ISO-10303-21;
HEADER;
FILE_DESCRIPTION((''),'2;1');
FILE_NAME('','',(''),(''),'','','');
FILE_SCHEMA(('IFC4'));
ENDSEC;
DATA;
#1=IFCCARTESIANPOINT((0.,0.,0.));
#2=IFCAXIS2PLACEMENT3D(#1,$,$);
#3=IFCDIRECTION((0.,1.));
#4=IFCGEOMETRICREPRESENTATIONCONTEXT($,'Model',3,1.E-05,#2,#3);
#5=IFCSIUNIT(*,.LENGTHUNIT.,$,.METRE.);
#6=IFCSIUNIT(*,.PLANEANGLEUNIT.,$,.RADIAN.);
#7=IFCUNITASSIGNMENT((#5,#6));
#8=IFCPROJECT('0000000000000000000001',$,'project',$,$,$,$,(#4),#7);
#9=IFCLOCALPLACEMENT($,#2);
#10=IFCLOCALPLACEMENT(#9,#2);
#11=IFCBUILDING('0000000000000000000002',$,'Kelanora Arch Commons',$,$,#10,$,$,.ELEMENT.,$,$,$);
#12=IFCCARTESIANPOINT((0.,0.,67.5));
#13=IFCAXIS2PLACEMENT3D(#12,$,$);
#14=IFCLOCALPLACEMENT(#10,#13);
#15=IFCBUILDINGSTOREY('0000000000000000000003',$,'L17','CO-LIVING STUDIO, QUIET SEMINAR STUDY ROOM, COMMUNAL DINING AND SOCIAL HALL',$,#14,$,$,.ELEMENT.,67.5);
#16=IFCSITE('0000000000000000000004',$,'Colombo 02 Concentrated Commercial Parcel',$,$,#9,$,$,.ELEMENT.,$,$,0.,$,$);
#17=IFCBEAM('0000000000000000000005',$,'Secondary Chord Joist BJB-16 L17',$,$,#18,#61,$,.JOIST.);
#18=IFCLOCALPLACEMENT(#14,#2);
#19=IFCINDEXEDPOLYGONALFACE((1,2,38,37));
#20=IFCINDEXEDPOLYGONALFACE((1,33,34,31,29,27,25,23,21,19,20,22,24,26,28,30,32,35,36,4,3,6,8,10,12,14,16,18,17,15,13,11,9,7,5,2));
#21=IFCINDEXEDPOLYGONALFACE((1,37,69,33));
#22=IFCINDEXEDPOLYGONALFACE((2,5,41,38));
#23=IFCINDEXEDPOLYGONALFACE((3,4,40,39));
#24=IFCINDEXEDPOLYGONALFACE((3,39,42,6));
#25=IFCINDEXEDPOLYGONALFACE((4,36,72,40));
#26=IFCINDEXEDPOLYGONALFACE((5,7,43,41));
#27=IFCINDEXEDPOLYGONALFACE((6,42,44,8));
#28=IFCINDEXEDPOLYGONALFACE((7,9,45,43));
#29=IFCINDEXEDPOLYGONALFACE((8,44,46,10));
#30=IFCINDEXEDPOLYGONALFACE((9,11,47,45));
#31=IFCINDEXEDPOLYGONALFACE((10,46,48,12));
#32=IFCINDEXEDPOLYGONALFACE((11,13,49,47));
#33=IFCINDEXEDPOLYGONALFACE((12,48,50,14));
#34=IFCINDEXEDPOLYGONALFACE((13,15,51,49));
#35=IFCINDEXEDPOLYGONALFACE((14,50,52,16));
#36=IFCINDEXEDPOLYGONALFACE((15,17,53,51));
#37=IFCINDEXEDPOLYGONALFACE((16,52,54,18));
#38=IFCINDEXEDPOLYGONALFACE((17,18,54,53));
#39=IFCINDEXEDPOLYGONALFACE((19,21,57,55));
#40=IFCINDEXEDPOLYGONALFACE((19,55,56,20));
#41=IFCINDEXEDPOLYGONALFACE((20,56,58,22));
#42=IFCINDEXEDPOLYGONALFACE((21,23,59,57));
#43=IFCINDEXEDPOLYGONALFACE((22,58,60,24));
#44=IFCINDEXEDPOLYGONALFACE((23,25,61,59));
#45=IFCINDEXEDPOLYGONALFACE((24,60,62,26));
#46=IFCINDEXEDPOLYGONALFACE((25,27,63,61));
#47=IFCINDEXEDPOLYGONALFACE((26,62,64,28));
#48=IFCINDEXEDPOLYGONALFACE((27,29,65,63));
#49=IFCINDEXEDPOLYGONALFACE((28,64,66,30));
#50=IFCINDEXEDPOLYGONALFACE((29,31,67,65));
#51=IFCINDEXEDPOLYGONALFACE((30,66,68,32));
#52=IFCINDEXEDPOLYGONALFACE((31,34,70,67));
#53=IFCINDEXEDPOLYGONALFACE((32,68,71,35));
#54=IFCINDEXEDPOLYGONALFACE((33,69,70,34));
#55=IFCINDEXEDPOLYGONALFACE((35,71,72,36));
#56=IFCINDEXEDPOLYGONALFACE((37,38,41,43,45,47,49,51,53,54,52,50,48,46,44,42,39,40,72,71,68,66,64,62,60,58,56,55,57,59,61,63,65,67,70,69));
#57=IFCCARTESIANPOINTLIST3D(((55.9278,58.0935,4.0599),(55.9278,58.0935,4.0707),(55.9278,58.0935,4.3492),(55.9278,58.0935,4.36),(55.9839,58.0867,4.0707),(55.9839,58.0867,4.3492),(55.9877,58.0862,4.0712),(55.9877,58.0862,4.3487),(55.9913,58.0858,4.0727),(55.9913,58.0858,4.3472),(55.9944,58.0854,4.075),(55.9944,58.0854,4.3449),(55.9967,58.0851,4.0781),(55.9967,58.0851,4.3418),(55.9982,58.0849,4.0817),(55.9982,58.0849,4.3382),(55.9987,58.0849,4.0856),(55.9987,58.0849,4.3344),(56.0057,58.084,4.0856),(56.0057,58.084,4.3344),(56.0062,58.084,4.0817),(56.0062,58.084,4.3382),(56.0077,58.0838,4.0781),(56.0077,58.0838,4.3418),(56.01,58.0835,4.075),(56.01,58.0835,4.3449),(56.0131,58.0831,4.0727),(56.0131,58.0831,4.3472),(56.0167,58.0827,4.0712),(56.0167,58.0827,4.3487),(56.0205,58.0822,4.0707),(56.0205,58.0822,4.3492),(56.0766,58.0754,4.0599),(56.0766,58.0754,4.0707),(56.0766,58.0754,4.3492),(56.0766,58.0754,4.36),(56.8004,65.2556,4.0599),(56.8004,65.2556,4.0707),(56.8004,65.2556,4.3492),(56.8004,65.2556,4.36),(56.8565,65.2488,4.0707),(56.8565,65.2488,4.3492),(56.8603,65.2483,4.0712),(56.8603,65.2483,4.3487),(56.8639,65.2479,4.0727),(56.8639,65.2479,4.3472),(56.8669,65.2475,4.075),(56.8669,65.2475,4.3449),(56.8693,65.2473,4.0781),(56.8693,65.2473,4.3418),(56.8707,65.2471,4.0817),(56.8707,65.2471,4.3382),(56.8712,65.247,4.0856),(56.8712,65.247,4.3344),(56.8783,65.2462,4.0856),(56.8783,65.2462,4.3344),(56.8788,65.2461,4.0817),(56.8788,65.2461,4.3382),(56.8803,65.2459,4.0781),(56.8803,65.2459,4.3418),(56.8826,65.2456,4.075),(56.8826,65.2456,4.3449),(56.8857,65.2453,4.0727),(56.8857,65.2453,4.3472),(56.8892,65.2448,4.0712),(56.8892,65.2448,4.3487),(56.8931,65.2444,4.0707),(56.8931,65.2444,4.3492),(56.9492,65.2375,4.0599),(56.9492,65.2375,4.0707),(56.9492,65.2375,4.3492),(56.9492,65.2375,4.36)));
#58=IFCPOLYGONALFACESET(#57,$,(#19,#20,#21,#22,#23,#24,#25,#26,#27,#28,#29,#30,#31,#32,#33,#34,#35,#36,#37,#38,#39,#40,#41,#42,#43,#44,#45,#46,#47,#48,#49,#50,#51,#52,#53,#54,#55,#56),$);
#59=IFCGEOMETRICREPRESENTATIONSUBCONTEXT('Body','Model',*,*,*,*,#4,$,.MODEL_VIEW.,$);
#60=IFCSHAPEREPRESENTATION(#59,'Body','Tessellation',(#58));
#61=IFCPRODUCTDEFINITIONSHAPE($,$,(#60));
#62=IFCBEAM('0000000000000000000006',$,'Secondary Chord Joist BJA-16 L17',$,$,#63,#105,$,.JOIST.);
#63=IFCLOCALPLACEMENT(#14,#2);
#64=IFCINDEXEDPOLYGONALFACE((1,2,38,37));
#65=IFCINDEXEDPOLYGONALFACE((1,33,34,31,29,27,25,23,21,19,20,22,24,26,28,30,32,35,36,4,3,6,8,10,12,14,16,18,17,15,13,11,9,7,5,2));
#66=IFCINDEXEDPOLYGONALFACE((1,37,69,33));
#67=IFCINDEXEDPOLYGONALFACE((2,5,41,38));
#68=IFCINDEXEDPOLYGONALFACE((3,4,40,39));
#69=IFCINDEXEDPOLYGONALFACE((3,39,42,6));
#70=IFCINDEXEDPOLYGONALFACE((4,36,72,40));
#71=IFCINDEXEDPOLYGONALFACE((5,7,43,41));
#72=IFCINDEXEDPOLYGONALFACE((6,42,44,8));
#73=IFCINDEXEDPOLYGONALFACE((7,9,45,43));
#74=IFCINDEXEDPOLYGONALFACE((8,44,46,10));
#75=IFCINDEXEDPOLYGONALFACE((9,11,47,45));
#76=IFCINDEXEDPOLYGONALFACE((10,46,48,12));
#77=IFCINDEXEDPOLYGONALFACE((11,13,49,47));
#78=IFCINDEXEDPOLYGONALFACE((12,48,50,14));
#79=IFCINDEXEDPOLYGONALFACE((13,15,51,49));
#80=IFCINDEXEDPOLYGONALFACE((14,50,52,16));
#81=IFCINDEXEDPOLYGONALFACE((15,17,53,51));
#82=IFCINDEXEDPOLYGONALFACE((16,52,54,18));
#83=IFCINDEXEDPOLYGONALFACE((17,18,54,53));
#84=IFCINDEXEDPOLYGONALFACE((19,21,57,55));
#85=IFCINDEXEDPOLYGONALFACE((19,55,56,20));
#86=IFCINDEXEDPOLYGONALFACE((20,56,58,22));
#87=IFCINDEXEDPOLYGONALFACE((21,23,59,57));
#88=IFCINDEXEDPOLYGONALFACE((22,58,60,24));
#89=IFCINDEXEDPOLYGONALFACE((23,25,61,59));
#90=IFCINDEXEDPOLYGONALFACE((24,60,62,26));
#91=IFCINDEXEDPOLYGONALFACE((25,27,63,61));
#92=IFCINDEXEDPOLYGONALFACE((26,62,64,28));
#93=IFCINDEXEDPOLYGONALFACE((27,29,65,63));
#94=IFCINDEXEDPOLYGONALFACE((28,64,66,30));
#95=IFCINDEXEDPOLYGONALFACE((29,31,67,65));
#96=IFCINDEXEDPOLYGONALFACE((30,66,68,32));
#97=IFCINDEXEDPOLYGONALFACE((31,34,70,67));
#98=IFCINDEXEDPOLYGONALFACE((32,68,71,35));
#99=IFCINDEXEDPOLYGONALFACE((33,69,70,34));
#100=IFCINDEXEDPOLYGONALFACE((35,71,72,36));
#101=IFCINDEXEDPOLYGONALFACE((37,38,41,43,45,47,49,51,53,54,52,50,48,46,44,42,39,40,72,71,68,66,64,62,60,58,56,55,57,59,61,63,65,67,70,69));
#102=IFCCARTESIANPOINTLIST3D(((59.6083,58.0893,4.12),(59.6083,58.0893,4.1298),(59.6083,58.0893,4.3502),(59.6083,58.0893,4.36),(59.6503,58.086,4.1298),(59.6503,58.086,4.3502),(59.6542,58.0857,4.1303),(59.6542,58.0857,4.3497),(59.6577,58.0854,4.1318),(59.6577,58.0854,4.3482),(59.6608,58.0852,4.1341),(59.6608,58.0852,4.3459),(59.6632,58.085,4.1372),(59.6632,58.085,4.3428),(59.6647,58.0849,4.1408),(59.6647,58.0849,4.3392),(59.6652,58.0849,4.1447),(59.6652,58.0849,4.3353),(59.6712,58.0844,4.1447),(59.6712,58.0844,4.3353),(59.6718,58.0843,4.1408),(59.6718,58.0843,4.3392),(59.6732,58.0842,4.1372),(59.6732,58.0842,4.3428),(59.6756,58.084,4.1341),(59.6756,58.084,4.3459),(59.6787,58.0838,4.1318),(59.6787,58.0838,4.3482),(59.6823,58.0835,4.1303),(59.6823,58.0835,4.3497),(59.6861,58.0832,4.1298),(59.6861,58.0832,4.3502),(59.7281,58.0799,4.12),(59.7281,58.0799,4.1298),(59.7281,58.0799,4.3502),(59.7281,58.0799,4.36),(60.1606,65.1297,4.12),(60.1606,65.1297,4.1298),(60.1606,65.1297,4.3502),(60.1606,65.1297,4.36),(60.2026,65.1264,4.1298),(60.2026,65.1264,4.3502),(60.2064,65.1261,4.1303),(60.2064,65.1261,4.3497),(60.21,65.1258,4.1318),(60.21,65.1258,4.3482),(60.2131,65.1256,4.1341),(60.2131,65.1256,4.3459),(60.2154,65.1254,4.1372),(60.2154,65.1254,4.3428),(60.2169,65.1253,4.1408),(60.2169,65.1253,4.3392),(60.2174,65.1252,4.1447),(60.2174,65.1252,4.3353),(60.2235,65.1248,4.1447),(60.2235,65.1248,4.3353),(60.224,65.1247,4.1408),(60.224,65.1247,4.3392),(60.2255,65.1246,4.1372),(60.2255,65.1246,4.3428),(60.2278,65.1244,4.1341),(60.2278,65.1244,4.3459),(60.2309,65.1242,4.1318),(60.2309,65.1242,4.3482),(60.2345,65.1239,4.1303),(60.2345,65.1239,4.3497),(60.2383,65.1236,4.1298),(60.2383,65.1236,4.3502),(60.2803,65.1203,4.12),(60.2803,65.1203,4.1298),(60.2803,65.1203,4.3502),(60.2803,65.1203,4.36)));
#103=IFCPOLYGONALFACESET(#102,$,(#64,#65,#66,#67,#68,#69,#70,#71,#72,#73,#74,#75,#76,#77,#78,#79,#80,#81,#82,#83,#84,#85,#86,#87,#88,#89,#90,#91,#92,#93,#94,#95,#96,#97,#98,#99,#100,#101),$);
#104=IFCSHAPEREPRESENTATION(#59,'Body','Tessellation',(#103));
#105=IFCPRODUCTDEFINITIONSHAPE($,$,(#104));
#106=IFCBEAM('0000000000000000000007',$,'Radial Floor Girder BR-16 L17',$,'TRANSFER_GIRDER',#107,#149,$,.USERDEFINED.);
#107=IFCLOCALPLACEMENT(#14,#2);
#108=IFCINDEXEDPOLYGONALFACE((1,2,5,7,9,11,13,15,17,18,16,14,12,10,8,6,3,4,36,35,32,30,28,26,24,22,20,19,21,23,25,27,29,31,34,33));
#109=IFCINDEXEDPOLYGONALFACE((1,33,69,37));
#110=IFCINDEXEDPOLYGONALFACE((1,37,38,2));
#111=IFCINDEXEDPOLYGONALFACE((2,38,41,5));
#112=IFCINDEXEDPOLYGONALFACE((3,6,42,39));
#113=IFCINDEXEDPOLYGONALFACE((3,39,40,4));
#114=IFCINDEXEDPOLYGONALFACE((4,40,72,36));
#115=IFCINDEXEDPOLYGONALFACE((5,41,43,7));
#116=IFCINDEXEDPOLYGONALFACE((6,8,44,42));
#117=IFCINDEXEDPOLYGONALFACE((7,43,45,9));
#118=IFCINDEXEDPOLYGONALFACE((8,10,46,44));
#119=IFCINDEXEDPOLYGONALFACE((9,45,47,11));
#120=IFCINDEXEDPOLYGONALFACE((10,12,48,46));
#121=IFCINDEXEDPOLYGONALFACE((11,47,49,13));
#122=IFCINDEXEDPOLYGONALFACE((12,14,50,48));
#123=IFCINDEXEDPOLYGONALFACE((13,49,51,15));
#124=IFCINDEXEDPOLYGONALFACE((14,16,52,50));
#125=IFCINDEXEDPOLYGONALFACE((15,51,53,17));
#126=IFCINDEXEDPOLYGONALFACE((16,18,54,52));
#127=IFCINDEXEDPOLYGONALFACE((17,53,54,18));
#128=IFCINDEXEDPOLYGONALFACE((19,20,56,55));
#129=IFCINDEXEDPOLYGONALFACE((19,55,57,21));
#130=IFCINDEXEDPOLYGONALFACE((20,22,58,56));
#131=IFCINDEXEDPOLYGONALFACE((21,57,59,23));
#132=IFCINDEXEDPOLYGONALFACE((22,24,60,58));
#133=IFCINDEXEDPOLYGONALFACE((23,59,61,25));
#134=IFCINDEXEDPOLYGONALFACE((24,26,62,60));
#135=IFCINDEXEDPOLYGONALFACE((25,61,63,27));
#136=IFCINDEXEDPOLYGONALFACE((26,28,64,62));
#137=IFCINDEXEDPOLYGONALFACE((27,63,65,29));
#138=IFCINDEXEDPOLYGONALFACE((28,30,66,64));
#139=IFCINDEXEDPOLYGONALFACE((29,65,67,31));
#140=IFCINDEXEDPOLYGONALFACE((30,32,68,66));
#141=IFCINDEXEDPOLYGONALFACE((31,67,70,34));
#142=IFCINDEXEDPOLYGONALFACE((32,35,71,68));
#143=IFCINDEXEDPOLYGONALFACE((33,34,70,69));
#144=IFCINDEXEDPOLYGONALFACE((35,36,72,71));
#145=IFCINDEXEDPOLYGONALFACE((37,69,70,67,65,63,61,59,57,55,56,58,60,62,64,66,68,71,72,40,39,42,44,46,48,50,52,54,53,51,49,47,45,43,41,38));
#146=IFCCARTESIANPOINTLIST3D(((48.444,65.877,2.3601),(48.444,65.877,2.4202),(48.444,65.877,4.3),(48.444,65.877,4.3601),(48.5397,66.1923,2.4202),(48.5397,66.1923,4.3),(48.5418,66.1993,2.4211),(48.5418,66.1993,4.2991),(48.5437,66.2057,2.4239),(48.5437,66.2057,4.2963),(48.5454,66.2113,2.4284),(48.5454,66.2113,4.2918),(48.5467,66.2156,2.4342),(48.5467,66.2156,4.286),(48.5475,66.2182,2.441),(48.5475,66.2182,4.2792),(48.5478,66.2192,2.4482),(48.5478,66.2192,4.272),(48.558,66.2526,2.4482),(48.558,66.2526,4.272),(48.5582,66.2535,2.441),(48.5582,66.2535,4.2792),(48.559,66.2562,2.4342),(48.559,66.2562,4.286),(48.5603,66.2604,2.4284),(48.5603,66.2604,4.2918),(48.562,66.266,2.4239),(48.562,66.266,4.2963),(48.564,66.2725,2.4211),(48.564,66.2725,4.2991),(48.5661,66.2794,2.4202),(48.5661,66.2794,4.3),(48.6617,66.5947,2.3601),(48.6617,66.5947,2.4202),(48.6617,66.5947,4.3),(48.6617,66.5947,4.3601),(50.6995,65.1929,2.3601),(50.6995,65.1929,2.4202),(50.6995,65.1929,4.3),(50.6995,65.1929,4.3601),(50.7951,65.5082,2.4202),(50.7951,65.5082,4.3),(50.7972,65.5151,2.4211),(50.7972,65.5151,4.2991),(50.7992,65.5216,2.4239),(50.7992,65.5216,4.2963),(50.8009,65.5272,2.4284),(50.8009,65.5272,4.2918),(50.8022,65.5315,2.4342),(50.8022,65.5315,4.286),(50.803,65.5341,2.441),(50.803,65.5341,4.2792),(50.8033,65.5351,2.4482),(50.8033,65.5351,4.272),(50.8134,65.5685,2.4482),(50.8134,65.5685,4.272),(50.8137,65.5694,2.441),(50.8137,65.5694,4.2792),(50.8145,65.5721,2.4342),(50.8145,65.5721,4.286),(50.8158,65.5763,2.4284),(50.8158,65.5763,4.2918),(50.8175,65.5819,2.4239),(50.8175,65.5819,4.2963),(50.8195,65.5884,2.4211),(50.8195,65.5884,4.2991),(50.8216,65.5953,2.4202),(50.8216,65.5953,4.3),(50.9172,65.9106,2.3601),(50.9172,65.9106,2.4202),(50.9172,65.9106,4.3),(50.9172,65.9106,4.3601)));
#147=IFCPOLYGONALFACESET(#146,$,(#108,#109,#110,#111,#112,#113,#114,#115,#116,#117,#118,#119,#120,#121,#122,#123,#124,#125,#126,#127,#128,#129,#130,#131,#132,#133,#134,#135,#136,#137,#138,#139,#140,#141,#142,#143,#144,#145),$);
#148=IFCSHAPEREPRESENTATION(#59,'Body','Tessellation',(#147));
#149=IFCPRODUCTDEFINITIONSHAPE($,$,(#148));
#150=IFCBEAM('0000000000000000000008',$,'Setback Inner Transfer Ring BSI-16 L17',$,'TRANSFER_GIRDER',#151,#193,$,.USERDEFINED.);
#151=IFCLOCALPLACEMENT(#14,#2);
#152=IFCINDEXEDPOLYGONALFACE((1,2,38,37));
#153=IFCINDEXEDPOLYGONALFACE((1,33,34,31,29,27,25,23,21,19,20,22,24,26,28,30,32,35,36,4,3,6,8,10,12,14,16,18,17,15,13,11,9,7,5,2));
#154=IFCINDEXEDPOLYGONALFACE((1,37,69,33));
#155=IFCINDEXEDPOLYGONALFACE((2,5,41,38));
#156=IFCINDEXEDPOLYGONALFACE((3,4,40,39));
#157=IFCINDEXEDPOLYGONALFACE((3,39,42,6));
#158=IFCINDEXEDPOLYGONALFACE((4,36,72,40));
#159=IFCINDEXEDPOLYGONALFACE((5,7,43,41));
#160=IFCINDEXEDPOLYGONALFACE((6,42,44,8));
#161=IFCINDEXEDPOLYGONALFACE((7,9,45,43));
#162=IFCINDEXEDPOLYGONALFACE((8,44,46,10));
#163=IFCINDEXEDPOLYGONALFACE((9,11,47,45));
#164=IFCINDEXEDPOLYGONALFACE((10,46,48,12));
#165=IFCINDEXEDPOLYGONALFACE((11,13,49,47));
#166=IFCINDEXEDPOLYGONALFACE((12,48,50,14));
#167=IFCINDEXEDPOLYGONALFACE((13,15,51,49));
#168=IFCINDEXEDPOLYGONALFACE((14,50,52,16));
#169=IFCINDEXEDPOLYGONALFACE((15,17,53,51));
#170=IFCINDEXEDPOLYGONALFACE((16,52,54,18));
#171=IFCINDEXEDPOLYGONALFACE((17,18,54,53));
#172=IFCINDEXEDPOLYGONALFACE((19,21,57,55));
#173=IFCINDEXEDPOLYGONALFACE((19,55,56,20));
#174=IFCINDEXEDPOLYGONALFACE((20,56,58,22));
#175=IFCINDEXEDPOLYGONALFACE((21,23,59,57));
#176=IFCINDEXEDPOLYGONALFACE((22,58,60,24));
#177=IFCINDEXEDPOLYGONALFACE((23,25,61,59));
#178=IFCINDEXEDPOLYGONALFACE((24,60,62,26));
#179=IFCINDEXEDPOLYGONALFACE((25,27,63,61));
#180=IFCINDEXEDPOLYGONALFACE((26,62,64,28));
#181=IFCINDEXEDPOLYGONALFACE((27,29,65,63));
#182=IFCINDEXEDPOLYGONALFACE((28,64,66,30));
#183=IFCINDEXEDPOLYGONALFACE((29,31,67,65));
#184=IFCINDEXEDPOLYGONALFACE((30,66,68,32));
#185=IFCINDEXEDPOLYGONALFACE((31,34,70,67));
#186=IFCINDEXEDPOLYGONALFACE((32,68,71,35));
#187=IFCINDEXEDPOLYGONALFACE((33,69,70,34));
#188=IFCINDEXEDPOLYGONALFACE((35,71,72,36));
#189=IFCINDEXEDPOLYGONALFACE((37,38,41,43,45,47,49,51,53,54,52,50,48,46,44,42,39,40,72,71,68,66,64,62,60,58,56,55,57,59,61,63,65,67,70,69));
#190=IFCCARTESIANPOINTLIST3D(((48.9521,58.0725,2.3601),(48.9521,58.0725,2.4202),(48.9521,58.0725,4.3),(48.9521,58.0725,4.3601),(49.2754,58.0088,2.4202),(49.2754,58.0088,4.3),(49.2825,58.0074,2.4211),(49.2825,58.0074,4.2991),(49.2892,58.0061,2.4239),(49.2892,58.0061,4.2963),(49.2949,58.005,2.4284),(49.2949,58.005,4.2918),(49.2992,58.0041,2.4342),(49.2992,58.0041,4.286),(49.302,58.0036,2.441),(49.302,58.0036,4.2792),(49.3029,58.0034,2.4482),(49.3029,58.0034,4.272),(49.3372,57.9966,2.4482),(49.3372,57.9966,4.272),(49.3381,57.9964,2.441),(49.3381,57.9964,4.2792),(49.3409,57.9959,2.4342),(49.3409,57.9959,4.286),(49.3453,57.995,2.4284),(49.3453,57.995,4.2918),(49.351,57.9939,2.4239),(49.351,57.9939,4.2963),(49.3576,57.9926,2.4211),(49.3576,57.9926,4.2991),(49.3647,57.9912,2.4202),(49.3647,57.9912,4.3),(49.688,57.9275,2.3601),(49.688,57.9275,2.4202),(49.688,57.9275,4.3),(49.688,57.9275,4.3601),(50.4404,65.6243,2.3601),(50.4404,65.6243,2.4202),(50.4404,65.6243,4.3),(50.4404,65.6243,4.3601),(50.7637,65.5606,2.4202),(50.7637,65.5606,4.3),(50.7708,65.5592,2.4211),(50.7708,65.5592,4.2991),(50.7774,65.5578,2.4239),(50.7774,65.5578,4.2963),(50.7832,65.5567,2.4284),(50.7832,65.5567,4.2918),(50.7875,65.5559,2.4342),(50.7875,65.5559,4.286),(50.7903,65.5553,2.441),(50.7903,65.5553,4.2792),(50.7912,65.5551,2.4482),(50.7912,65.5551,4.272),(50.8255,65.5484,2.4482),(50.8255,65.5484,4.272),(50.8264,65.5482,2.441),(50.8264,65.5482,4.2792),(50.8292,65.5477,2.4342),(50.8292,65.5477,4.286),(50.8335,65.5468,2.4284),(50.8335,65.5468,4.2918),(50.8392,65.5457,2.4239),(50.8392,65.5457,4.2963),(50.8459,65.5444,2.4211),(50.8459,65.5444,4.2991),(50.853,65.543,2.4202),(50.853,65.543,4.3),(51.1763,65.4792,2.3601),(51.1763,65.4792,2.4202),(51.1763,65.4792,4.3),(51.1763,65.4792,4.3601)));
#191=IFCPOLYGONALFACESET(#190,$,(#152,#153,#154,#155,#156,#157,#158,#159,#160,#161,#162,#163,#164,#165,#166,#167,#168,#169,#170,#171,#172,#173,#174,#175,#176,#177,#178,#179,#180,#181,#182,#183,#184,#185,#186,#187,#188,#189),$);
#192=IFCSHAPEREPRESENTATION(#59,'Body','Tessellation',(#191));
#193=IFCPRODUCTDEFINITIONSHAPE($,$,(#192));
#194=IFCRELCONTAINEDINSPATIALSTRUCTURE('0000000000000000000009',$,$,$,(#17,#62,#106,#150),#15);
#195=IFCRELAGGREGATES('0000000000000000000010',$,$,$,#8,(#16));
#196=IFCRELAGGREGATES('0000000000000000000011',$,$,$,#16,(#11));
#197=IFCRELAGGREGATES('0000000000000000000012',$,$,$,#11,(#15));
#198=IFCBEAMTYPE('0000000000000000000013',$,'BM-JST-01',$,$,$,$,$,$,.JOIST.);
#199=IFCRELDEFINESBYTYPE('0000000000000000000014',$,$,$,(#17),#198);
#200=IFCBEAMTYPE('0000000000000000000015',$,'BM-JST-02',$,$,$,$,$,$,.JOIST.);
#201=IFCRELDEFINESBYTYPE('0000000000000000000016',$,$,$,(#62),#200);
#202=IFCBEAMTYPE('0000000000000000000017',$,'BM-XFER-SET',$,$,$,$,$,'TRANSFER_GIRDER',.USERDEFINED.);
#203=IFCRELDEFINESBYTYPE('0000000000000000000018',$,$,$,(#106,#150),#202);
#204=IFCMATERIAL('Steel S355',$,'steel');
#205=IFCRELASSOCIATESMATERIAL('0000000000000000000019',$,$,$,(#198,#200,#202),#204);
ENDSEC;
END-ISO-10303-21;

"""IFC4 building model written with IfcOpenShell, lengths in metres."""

from ifc_helpers import new_model, si_unit, direction, frame, origin, origin_2d, place, context, subcontext, project, spatial, i_section, extrude, material, material_profile, profile_set, type_object, element, save


model = new_model("IFC4")

# Units and contexts
model_context = context("Model", 3, precision=1e-05, world=origin(), true_north=direction((0.0, 1.0)))
body_context = subcontext(model_context, "Body", "Model", "MODEL_VIEW")
ifc_project = project(units=[si_unit("LENGTHUNIT", "METRE"), si_unit("PLANEANGLEUNIT", "RADIAN")], contexts=[model_context])

# Site, building, storey
site_placement = place(None, origin())
site = spatial("IfcSite", under=ifc_project, at=site_placement, Name="Colombo 02 Concentrated Commercial Parcel", CompositionType="ELEMENT", RefElevation=0.0)
building_placement = place(site_placement, origin())
building = spatial("IfcBuilding", under=site, at=building_placement, Name="Kelanora Arch Commons", CompositionType="ELEMENT")
storey_placement = place(building_placement, frame((0.0, 0.0, 67.5)))
storey = spatial("IfcBuildingStorey", under=building, at=storey_placement, Name="L17", Description="CO-LIVING STUDIO, QUIET SEMINAR STUDY ROOM, COMMUNAL DINING AND SOCIAL HALL", CompositionType="ELEMENT", Elevation=67.5)

# Beams
ifc_material_1 = material(Name="Steel S355", Category="steel")
ifc_material_profile_1 = material_profile(ifc_material_1, i_section(OverallWidth=0.1499, OverallDepth=0.3, WebThickness=0.0071, FlangeThickness=0.0107, FilletRadius=0.0149, at=origin_2d()), Name="IPE300")
ifc_profile_set_1 = profile_set([ifc_material_profile_1], Name="Steel S355")
beam_type_1 = type_object("IfcBeamType", Name="BM-JST-01", PredefinedType="JOIST", material=ifc_profile_set_1)
beam_1_placement = place(storey_placement, frame((56.8748, 65.2466, 4.21), z_axis=(-0.120936, -0.99266, 0.0), x_axis=(0.99266, -0.120936, 0.0)))
element("IfcBeam", 1, at=beam_1_placement, inside=storey, type_object=beam_type_1, Name="Secondary Chord Joist BJB-16 L17", PredefinedType="JOIST", context=body_context, shape_type="SweptSolid", body=[
    extrude(i_section(OverallWidth=0.1499, OverallDepth=0.3, WebThickness=0.0071, FlangeThickness=0.0107, FilletRadius=0.0149, at=origin_2d()), origin(), (0.0, 0.0, 1.0), 7.2151),
])
ifc_material_profile_2 = material_profile(ifc_material_1, i_section(OverallWidth=0.1201, OverallDepth=0.24, WebThickness=0.0061, FlangeThickness=0.0098, FilletRadius=0.0149, at=origin_2d()), Name="IPE240")
ifc_profile_set_2 = profile_set([ifc_material_profile_2], Name="Steel S355")
beam_type_2 = type_object("IfcBeamType", Name="BM-JST-02", PredefinedType="JOIST", material=ifc_profile_set_2)
beam_2_placement = place(storey_placement, frame((60.2205, 65.125, 4.24), z_axis=(-0.078201, -0.996938, 0.0), x_axis=(0.996938, -0.078201, 0.0)))
element("IfcBeam", 2, at=beam_2_placement, inside=storey, type_object=beam_type_2, Name="Secondary Chord Joist BJA-16 L17", PredefinedType="JOIST", context=body_context, shape_type="SweptSolid", body=[
    extrude(i_section(OverallWidth=0.1201, OverallDepth=0.24, WebThickness=0.0061, FlangeThickness=0.0098, FilletRadius=0.0149, at=origin_2d()), origin(), (0.0, 0.0, 1.0), 7.062),
])
ifc_material_profile_3 = material_profile(ifc_material_1, i_section(OverallWidth=0.75, OverallDepth=2.0, WebThickness=0.0349, FlangeThickness=0.0601, FilletRadius=0.0281, at=origin_2d()), Name="PG2000x750")
ifc_profile_set_3 = profile_set([ifc_material_profile_3], Name="Steel S355")
beam_type_3 = type_object("IfcBeamType", Name="BM-XFER-SET", ElementType="TRANSFER_GIRDER", PredefinedType="USERDEFINED", material=ifc_profile_set_3)
beam_3_placement = place(storey_placement, frame((50.8083, 65.5518, 3.3601), z_axis=(-0.956949, 0.290255, 0.0), x_axis=(-0.290255, -0.956949, 0.0)))
element("IfcBeam", 3, at=beam_3_placement, inside=storey, type_object=beam_type_3, Name="Radial Floor Girder BR-16 L17", ObjectType="TRANSFER_GIRDER", PredefinedType="USERDEFINED", context=body_context, shape_type="SweptSolid", body=[
    extrude(i_section(OverallWidth=0.75, OverallDepth=2.0, WebThickness=0.0349, FlangeThickness=0.0601, FilletRadius=0.0281, at=origin_2d()), origin(), (0.0, 0.0, 1.0), 2.3569),
])
beam_4_placement = place(storey_placement, frame((50.8083, 65.5518, 3.3601), z_axis=(-0.193358, -0.981128, 0.0), x_axis=(0.981128, -0.193358, 0.0)))
element("IfcBeam", 4, at=beam_4_placement, inside=storey, type_object=beam_type_3, Name="Setback Inner Transfer Ring BSI-16 L17", ObjectType="TRANSFER_GIRDER", PredefinedType="USERDEFINED", context=body_context, shape_type="SweptSolid", body=[
    extrude(i_section(OverallWidth=0.75, OverallDepth=2.0, WebThickness=0.0349, FlangeThickness=0.0601, FilletRadius=0.0281, at=origin_2d()), origin(), (0.0, 0.0, 1.0), 7.697),
])

save(model, "model.ifc")
